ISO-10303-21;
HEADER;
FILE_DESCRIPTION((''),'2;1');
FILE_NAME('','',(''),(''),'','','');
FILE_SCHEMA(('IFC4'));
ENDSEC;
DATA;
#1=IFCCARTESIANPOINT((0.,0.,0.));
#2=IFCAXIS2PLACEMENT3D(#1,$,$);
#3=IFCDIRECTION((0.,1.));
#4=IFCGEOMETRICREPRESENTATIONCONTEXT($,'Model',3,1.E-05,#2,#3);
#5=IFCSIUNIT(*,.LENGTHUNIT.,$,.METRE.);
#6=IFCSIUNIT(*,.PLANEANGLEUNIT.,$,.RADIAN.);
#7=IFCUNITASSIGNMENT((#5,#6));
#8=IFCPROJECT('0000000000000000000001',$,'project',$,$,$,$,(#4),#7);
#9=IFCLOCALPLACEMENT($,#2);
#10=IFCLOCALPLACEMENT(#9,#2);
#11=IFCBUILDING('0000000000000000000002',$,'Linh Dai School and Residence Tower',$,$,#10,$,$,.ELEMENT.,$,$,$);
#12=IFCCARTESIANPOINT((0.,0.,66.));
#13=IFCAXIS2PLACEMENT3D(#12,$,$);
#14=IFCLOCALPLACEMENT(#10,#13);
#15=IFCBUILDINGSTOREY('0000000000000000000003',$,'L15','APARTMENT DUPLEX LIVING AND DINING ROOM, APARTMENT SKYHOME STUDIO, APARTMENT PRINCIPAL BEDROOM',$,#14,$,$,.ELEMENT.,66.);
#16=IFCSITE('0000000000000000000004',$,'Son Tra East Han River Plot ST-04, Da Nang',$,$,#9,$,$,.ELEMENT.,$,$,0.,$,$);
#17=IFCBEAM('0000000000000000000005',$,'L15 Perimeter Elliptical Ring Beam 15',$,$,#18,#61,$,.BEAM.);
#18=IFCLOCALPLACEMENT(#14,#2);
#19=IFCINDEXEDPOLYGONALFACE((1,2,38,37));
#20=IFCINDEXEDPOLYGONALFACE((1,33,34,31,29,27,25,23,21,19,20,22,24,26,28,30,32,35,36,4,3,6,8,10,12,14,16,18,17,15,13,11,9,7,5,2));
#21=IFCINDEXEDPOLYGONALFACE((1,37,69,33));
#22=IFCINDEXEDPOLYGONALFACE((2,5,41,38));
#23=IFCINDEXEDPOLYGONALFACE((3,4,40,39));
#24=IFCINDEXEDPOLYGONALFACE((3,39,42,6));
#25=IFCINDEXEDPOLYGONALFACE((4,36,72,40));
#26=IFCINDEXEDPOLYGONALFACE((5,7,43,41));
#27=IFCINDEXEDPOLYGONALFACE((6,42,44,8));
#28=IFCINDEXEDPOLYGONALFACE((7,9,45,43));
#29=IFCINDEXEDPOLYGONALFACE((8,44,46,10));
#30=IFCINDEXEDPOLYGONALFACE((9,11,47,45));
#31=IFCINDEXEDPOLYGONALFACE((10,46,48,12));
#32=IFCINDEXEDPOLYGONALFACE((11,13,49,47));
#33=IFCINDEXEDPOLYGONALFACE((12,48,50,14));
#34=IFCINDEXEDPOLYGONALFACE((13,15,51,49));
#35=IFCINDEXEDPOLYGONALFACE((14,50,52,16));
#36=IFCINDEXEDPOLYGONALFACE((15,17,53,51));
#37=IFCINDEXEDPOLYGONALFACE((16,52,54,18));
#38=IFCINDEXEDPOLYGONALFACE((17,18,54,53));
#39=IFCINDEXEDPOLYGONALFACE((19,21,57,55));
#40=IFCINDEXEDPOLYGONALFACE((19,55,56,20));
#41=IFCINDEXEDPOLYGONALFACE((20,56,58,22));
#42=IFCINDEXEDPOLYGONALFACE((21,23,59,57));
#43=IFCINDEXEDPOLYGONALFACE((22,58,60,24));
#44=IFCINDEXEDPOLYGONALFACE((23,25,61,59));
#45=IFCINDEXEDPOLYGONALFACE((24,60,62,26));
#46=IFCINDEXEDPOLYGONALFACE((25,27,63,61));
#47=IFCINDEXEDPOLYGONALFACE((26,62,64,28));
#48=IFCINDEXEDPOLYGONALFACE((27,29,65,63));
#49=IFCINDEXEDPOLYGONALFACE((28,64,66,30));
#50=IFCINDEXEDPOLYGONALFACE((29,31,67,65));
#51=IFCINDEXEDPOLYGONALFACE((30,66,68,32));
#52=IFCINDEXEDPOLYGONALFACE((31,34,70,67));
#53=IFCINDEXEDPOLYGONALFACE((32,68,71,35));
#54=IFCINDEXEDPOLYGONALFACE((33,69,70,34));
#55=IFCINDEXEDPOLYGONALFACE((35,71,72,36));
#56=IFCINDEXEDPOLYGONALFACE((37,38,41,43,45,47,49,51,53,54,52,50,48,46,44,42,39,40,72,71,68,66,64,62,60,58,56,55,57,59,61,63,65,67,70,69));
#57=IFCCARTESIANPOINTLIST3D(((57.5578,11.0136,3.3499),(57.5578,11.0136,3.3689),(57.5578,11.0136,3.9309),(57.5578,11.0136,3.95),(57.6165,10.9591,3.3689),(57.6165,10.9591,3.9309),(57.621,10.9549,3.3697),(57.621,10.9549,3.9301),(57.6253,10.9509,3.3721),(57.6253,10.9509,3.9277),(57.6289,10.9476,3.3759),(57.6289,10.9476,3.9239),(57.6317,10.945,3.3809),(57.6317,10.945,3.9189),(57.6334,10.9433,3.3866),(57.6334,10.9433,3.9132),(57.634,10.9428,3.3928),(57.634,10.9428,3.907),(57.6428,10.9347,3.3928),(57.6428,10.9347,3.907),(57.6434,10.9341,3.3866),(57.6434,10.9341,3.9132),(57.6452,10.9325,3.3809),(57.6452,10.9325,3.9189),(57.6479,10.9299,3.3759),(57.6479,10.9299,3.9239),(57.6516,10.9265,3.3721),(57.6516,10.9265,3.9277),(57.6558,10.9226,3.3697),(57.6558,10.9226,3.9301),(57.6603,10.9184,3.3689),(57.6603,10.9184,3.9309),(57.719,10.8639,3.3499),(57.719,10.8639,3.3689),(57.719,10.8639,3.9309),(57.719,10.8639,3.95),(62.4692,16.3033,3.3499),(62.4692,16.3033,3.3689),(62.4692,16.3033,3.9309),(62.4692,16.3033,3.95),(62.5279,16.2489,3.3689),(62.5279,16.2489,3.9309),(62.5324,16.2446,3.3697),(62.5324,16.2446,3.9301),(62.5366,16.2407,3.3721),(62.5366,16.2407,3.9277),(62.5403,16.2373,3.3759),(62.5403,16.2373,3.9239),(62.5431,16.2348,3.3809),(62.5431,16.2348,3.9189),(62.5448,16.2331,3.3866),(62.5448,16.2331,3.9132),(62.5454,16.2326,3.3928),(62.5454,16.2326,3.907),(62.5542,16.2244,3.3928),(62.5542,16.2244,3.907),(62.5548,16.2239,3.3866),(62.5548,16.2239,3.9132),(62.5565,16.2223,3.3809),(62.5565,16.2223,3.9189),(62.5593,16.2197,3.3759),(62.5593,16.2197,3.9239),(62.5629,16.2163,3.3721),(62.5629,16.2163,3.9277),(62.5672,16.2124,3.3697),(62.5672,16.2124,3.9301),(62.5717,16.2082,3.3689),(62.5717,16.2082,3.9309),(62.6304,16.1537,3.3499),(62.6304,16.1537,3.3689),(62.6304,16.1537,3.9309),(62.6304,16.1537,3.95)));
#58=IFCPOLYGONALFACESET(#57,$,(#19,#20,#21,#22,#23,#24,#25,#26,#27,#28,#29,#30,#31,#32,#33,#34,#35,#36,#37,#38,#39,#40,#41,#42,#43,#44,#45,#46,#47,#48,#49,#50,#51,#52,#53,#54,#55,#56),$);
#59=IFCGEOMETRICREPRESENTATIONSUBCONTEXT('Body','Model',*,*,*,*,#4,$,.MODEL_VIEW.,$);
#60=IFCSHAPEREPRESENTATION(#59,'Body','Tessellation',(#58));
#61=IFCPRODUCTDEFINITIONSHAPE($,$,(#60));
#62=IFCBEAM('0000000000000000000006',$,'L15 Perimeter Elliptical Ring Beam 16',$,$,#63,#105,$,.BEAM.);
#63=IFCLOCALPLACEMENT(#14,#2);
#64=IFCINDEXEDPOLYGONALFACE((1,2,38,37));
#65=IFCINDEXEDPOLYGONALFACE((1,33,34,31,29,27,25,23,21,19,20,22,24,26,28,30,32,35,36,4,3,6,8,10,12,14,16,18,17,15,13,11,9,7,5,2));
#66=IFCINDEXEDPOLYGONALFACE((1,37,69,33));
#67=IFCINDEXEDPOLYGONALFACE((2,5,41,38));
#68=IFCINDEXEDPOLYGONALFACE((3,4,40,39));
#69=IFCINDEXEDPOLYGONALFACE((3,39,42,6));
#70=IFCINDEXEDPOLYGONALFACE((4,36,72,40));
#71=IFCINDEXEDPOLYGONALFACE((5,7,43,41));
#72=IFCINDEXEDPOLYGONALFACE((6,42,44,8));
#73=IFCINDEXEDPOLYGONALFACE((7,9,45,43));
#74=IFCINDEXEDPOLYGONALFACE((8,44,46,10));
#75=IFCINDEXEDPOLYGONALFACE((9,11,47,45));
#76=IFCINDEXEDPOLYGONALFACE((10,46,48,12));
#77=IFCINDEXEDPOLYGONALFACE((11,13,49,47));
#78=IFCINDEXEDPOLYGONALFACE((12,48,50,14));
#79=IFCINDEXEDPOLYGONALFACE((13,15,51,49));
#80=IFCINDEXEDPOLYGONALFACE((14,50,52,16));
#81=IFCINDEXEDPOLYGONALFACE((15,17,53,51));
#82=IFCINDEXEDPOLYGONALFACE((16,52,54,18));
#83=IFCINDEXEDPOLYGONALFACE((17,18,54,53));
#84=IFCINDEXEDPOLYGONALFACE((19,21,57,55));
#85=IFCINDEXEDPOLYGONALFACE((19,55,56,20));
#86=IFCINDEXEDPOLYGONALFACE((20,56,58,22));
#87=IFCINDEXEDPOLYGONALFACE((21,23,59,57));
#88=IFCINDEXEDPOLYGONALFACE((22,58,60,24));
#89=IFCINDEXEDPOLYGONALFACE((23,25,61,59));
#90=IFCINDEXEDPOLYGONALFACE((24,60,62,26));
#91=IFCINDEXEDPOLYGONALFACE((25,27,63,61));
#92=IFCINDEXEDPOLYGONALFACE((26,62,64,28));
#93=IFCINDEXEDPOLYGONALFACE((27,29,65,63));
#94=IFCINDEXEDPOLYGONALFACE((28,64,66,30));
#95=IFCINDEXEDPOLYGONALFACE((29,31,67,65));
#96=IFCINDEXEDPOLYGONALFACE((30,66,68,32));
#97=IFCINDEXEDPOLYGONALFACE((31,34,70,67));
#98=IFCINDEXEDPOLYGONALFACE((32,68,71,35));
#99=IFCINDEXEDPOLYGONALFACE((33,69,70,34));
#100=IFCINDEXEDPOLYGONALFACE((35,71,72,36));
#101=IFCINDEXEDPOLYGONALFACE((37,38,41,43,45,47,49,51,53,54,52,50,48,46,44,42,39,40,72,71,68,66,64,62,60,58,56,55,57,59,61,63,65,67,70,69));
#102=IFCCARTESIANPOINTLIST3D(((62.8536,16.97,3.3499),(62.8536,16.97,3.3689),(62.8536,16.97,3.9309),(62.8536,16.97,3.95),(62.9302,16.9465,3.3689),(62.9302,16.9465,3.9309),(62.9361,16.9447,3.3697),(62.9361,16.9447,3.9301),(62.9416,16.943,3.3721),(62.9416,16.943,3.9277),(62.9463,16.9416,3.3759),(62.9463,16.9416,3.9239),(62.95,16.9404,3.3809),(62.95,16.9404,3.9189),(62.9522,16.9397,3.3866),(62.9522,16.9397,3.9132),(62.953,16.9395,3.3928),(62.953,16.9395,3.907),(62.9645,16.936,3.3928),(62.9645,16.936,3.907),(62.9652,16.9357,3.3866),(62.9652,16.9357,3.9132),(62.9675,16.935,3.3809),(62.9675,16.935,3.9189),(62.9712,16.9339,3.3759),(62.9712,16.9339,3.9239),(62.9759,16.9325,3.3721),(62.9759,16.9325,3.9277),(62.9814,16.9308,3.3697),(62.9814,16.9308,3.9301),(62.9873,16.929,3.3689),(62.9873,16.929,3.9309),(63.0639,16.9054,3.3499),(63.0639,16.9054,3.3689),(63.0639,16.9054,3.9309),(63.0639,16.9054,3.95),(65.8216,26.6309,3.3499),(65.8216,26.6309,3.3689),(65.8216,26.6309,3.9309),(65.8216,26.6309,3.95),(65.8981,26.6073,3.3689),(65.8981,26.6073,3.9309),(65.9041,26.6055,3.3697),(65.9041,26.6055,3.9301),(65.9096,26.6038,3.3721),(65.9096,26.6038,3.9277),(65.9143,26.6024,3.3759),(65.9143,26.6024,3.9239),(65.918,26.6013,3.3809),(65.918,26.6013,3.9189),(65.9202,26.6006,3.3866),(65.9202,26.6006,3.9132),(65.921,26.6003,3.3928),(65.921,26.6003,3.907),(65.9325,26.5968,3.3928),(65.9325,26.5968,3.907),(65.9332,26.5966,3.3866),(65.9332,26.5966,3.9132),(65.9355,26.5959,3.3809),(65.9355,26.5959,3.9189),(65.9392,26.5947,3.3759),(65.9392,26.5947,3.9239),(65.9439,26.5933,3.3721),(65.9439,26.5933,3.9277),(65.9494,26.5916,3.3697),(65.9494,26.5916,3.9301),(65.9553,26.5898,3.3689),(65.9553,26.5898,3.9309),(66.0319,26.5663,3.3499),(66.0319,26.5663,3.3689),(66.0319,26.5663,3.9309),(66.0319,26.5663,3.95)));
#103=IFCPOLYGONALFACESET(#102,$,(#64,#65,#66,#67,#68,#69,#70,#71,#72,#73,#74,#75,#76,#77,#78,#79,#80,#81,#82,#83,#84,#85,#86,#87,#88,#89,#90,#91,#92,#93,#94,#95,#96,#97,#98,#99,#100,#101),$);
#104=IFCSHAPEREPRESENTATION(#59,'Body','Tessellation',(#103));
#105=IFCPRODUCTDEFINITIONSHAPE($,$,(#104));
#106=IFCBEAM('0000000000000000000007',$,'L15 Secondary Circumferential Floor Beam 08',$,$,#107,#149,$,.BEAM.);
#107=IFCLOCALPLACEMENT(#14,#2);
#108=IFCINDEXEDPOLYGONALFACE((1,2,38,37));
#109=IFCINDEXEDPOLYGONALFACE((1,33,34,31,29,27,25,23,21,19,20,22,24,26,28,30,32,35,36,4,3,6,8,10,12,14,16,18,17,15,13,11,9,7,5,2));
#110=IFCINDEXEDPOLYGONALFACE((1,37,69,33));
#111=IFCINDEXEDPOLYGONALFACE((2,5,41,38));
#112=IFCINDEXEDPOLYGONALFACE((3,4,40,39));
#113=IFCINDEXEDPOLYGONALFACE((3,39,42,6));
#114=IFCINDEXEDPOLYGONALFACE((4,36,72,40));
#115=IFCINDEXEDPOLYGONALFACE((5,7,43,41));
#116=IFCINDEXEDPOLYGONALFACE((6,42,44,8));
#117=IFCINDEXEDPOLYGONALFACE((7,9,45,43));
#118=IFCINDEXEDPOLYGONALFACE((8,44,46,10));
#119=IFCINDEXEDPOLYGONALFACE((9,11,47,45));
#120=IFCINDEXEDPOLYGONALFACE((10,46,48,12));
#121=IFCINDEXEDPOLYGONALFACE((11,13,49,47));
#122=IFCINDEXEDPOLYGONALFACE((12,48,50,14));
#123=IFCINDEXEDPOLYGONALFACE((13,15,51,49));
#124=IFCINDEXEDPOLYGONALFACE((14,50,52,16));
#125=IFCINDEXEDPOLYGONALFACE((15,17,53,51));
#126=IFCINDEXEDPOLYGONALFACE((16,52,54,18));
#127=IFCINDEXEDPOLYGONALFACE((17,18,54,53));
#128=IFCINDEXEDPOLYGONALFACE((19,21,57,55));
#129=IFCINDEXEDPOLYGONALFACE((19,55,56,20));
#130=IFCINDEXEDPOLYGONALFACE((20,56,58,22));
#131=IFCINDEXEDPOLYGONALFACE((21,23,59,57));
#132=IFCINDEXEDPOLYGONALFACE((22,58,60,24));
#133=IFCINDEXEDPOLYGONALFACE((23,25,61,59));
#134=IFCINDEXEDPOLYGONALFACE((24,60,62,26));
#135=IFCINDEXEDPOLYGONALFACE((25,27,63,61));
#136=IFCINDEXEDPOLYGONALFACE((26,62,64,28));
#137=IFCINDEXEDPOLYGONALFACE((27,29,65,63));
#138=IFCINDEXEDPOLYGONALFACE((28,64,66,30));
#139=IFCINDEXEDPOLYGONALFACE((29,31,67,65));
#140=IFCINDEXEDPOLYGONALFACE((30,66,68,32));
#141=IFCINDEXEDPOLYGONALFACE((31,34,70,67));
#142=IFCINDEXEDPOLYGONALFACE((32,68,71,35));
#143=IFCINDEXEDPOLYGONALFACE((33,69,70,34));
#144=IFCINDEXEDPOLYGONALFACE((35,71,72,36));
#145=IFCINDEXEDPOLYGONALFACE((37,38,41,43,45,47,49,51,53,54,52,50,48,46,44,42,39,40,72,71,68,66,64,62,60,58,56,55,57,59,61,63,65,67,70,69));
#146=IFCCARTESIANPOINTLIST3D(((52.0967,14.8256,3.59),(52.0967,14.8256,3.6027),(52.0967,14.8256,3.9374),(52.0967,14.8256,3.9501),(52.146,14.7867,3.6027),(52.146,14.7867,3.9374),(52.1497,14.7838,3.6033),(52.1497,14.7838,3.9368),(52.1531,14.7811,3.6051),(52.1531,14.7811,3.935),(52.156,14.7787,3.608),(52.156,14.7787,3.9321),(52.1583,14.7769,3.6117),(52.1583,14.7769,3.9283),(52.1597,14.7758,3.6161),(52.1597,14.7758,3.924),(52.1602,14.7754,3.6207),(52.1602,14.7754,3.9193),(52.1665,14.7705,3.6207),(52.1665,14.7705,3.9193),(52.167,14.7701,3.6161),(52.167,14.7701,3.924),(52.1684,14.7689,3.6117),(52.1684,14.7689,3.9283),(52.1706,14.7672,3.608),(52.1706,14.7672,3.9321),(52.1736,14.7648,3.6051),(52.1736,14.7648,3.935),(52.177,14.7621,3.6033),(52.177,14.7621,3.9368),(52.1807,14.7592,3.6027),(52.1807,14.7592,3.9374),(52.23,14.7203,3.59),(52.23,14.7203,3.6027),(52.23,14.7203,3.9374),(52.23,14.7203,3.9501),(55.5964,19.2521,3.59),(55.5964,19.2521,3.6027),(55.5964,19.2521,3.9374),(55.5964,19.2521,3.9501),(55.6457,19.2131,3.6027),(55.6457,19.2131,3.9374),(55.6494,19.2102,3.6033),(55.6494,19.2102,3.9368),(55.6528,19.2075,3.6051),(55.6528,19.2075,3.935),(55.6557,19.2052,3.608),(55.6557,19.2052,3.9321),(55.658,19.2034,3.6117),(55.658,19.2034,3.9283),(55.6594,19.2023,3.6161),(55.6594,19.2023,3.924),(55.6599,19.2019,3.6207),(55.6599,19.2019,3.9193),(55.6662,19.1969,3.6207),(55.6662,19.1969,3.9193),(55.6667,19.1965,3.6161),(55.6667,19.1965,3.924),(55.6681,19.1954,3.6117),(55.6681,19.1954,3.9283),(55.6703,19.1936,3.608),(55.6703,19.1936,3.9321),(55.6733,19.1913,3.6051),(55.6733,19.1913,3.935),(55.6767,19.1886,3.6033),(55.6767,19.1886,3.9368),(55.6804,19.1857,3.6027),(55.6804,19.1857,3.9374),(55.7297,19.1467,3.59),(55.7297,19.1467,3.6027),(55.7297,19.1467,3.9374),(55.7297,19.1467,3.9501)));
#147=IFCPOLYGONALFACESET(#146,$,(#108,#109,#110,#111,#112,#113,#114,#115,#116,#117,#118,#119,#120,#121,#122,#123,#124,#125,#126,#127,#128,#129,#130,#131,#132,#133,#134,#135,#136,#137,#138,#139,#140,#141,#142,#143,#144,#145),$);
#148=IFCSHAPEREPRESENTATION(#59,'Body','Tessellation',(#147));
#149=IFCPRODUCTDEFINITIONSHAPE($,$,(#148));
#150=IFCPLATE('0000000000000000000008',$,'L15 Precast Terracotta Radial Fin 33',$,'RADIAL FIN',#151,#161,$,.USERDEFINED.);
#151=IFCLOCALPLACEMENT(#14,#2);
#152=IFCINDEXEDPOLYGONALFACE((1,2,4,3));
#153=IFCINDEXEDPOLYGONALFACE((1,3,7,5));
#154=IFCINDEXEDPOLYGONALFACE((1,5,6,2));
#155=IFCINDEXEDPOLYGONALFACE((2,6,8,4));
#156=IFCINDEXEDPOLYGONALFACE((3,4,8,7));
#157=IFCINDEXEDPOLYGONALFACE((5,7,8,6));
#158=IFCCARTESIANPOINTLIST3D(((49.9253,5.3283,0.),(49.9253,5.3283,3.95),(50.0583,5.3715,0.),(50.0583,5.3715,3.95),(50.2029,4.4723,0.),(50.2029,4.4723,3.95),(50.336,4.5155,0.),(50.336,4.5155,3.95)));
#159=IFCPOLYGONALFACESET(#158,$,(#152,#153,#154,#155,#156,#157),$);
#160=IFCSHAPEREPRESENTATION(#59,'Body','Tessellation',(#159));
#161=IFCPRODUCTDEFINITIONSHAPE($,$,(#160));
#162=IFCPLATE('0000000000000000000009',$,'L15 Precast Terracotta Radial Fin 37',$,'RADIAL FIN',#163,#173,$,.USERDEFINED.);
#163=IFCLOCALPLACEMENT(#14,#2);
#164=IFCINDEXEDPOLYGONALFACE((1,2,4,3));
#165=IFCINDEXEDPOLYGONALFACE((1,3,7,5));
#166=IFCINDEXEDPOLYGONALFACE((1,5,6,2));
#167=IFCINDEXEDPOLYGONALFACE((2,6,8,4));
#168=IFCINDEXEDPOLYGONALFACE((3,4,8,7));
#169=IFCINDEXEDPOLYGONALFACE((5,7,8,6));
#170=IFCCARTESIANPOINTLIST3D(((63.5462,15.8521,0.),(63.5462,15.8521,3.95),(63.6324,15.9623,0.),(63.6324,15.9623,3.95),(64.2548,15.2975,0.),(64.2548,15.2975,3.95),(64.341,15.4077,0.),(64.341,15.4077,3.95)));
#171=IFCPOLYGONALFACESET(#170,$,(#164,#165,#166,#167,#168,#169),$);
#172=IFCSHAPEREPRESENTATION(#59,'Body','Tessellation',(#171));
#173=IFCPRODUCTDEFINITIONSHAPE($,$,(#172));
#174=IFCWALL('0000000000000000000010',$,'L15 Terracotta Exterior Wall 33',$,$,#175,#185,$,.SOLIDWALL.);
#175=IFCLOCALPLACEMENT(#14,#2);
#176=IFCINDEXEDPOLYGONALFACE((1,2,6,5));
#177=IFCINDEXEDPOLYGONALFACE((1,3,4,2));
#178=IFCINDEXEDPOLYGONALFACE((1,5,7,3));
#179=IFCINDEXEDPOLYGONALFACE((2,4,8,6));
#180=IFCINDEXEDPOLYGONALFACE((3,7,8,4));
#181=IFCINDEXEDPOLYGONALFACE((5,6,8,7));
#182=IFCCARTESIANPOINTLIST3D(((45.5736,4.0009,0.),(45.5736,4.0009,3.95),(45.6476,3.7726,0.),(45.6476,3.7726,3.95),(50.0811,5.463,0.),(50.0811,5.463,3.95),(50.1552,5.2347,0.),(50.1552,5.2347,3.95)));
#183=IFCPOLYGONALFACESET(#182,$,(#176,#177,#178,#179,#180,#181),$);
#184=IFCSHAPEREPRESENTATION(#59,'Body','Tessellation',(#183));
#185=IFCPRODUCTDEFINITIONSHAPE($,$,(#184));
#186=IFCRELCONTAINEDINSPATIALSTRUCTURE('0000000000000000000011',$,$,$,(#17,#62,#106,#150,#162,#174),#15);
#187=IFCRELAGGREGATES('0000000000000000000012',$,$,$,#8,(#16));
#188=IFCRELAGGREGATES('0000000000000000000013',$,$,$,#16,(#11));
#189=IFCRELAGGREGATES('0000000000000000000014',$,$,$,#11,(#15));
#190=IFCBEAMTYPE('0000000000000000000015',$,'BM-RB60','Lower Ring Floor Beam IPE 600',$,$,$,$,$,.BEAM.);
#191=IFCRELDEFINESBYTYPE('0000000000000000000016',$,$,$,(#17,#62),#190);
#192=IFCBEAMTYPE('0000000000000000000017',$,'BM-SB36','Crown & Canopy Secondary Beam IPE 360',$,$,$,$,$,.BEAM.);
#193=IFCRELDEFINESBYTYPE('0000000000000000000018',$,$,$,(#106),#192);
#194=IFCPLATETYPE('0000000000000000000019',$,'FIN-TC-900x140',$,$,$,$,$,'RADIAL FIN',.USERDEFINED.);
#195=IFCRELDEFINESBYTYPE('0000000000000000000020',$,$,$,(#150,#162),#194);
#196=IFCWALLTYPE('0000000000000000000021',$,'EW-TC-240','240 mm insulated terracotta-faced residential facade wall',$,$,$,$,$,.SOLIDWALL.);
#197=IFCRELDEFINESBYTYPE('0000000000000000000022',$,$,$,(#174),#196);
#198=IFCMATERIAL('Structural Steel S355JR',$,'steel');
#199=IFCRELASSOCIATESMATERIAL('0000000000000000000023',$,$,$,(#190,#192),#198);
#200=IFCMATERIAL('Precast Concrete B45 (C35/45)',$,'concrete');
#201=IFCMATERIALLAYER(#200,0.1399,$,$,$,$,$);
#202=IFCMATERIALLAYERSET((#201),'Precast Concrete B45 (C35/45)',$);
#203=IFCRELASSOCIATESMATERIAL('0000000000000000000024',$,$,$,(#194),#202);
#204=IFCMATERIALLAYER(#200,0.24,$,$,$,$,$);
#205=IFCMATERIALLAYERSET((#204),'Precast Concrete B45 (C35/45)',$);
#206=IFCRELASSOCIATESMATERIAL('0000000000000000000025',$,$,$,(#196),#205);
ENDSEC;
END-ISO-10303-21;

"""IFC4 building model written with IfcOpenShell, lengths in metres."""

from ifc_helpers import new_model, si_unit, direction, frame, frame_2d, origin, origin_2d, place, context, subcontext, project, spatial, rectangle, i_section, extrude, source, transform, mapped, material, layer, layer_set, material_profile, profile_set, type_object, element, save


model = new_model("IFC4")

# Units and contexts
model_context = context("Model", 3, precision=1e-05, world=origin(), true_north=direction((0.0, 1.0)))
body_context = subcontext(model_context, "Body", "Model", "MODEL_VIEW")
ifc_project = project(units=[si_unit("LENGTHUNIT", "METRE"), si_unit("PLANEANGLEUNIT", "RADIAN")], contexts=[model_context])

# Site, building, storey
site_placement = place(None, origin())
site = spatial("IfcSite", under=ifc_project, at=site_placement, Name="Son Tra East Han River Plot ST-04, Da Nang", CompositionType="ELEMENT", RefElevation=0.0)
building_placement = place(site_placement, origin())
building = spatial("IfcBuilding", under=site, at=building_placement, Name="Linh Dai School and Residence Tower", CompositionType="ELEMENT")
storey_placement = place(building_placement, frame((0.0, 0.0, 66.0)))
storey = spatial("IfcBuildingStorey", under=building, at=storey_placement, Name="L15", Description="APARTMENT DUPLEX LIVING AND DINING ROOM, APARTMENT SKYHOME STUDIO, APARTMENT PRINCIPAL BEDROOM", CompositionType="ELEMENT", Elevation=66.0)

# Shared definitions
ifc_material_1 = material(Name="Structural Steel S355JR", Category="steel")

# Beams
ifc_material_profile_1 = material_profile(ifc_material_1, i_section(OverallWidth=0.22, OverallDepth=0.6001, WebThickness=0.012, FlangeThickness=0.019, FilletRadius=0.0239, at=origin_2d()), Name="IPE 600")
ifc_profile_set_1 = profile_set([ifc_material_profile_1], Name="Structural Steel S355JR")
beam_type_1 = type_object("IfcBeamType", Name="BM-RB60", Description="Lower Ring Floor Beam IPE 600", PredefinedType="BEAM", material=ifc_profile_set_1)
beam_1_placement = place(storey_placement, frame((57.6384, 10.9387, 3.6499), z_axis=(0.680408, 0.732833, 0.0), x_axis=(-0.732833, 0.680408, 0.0)))
element("IfcBeam", 1, at=beam_1_placement, inside=storey, type_object=beam_type_1, Name="L15 Perimeter Elliptical Ring Beam 15", PredefinedType="BEAM", context=body_context, shape_type="SweptSolid", body=[
    extrude(i_section(OverallWidth=0.22, OverallDepth=0.6001, WebThickness=0.012, FlangeThickness=0.019, FilletRadius=0.0239, at=origin_2d()), origin(), (0.0, 0.0, 1.0), 7.2183),
])
beam_2_placement = place(storey_placement, frame((62.9587, 16.9377, 3.6499), z_axis=(0.293673, 0.955906, 0.0), x_axis=(-0.955906, 0.293673, 0.0)))
element("IfcBeam", 2, at=beam_2_placement, inside=storey, type_object=beam_type_1, Name="L15 Perimeter Elliptical Ring Beam 16", PredefinedType="BEAM", context=body_context, shape_type="SweptSolid", body=[
    extrude(i_section(OverallWidth=0.22, OverallDepth=0.6001, WebThickness=0.012, FlangeThickness=0.019, FilletRadius=0.0239, at=origin_2d()), origin(), (0.0, 0.0, 1.0), 10.1064),
])
ifc_material_profile_2 = material_profile(ifc_material_1, i_section(OverallWidth=0.1699, OverallDepth=0.3601, WebThickness=0.0081, FlangeThickness=0.0127, FilletRadius=0.0181, at=origin_2d()), Name="IPE 360")
ifc_profile_set_2 = profile_set([ifc_material_profile_2], Name="Structural Steel S355JR")
beam_type_2 = type_object("IfcBeamType", Name="BM-SB36", Description="Crown & Canopy Secondary Beam IPE 360", PredefinedType="BEAM", material=ifc_profile_set_2)
beam_3_placement = place(storey_placement, frame((52.1633, 14.7729, 3.77), z_axis=(0.620205, 0.78444, 0.0), x_axis=(-0.78444, 0.620205, 0.0)))
element("IfcBeam", 3, at=beam_3_placement, inside=storey, type_object=beam_type_2, Name="L15 Secondary Circumferential Floor Beam 08", PredefinedType="BEAM", context=body_context, shape_type="SweptSolid", body=[
    extrude(i_section(OverallWidth=0.1699, OverallDepth=0.3601, WebThickness=0.0081, FlangeThickness=0.0127, FilletRadius=0.0181, at=origin_2d()), origin(), (0.0, 0.0, 1.0), 5.6428),
])

# Plates
ifc_material_2 = material(Name="Precast Concrete B45 (C35/45)", Category="concrete")
ifc_layer_1 = layer(ifc_material_2, 0.1399)
ifc_layer_set_1 = layer_set([ifc_layer_1], Name="Precast Concrete B45 (C35/45)")
plate_type = type_object("IfcPlateType", Name="FIN-TC-900x140", ElementType="RADIAL FIN", PredefinedType="USERDEFINED", material=ifc_layer_set_1)
shared_shape_1 = source(origin(), body_context, "Body", "SweptSolid", [
    extrude(rectangle(XDim=0.8999, YDim=0.1399, at=origin_2d()), origin(), (0.0, 0.0, 1.0), 3.95),
])
for number, where, z_axis, x_axis, name in (
    (4, (50.1306, 4.9219, 0.0), (0.0, 0.0, 1.0), (0.308511, -0.951221, 0.0), "L15 Precast Terracotta Radial Fin 33"),
    (5, (63.9436, 15.6299, 0.0), (0.0, 0.0, 1.0), (0.787496, -0.616319, 0.0), "L15 Precast Terracotta Radial Fin 37"),
):
    element("IfcPlate", number, at=place(storey_placement, frame(where, z_axis=z_axis, x_axis=x_axis)), inside=storey, type_object=plate_type, Name=name, ObjectType="RADIAL FIN", PredefinedType="USERDEFINED", context=body_context, shape_type="MappedRepresentation", body=[
        mapped(shared_shape_1, transform((0.0, 0.0, 0.0), x_axis=(1.0, 0.0, 0.0), y_axis=(0.0, 1.0, 0.0), z_axis=(0.0, 0.0, 1.0), scale=1.0)),
    ])

# Wall
ifc_layer_2 = layer(ifc_material_2, 0.24)
ifc_layer_set_2 = layer_set([ifc_layer_2], Name="Precast Concrete B45 (C35/45)")
wall_type_1 = type_object("IfcWallType", Name="EW-TC-240", Description="240 mm insulated terracotta-faced residential facade wall", PredefinedType="SOLIDWALL", material=ifc_layer_set_2)
wall_1_placement = place(storey_placement, frame((50.1182, 5.3489, 0.0), z_axis=(0.0, 0.0, 1.0), x_axis=(-0.951208, -0.308551, 0.0)))
element("IfcWall", 6, at=wall_1_placement, inside=storey, type_object=wall_type_1, Name="L15 Terracotta Exterior Wall 33", PredefinedType="SOLIDWALL", context=body_context, shape_type="SweptSolid", body=[
    extrude(rectangle(XDim=4.7388, YDim=0.24, at=frame_2d((2.3694, 0.0))), origin(), (0.0, 0.0, 1.0), 3.95),
])

save(model, "model.ifc")
